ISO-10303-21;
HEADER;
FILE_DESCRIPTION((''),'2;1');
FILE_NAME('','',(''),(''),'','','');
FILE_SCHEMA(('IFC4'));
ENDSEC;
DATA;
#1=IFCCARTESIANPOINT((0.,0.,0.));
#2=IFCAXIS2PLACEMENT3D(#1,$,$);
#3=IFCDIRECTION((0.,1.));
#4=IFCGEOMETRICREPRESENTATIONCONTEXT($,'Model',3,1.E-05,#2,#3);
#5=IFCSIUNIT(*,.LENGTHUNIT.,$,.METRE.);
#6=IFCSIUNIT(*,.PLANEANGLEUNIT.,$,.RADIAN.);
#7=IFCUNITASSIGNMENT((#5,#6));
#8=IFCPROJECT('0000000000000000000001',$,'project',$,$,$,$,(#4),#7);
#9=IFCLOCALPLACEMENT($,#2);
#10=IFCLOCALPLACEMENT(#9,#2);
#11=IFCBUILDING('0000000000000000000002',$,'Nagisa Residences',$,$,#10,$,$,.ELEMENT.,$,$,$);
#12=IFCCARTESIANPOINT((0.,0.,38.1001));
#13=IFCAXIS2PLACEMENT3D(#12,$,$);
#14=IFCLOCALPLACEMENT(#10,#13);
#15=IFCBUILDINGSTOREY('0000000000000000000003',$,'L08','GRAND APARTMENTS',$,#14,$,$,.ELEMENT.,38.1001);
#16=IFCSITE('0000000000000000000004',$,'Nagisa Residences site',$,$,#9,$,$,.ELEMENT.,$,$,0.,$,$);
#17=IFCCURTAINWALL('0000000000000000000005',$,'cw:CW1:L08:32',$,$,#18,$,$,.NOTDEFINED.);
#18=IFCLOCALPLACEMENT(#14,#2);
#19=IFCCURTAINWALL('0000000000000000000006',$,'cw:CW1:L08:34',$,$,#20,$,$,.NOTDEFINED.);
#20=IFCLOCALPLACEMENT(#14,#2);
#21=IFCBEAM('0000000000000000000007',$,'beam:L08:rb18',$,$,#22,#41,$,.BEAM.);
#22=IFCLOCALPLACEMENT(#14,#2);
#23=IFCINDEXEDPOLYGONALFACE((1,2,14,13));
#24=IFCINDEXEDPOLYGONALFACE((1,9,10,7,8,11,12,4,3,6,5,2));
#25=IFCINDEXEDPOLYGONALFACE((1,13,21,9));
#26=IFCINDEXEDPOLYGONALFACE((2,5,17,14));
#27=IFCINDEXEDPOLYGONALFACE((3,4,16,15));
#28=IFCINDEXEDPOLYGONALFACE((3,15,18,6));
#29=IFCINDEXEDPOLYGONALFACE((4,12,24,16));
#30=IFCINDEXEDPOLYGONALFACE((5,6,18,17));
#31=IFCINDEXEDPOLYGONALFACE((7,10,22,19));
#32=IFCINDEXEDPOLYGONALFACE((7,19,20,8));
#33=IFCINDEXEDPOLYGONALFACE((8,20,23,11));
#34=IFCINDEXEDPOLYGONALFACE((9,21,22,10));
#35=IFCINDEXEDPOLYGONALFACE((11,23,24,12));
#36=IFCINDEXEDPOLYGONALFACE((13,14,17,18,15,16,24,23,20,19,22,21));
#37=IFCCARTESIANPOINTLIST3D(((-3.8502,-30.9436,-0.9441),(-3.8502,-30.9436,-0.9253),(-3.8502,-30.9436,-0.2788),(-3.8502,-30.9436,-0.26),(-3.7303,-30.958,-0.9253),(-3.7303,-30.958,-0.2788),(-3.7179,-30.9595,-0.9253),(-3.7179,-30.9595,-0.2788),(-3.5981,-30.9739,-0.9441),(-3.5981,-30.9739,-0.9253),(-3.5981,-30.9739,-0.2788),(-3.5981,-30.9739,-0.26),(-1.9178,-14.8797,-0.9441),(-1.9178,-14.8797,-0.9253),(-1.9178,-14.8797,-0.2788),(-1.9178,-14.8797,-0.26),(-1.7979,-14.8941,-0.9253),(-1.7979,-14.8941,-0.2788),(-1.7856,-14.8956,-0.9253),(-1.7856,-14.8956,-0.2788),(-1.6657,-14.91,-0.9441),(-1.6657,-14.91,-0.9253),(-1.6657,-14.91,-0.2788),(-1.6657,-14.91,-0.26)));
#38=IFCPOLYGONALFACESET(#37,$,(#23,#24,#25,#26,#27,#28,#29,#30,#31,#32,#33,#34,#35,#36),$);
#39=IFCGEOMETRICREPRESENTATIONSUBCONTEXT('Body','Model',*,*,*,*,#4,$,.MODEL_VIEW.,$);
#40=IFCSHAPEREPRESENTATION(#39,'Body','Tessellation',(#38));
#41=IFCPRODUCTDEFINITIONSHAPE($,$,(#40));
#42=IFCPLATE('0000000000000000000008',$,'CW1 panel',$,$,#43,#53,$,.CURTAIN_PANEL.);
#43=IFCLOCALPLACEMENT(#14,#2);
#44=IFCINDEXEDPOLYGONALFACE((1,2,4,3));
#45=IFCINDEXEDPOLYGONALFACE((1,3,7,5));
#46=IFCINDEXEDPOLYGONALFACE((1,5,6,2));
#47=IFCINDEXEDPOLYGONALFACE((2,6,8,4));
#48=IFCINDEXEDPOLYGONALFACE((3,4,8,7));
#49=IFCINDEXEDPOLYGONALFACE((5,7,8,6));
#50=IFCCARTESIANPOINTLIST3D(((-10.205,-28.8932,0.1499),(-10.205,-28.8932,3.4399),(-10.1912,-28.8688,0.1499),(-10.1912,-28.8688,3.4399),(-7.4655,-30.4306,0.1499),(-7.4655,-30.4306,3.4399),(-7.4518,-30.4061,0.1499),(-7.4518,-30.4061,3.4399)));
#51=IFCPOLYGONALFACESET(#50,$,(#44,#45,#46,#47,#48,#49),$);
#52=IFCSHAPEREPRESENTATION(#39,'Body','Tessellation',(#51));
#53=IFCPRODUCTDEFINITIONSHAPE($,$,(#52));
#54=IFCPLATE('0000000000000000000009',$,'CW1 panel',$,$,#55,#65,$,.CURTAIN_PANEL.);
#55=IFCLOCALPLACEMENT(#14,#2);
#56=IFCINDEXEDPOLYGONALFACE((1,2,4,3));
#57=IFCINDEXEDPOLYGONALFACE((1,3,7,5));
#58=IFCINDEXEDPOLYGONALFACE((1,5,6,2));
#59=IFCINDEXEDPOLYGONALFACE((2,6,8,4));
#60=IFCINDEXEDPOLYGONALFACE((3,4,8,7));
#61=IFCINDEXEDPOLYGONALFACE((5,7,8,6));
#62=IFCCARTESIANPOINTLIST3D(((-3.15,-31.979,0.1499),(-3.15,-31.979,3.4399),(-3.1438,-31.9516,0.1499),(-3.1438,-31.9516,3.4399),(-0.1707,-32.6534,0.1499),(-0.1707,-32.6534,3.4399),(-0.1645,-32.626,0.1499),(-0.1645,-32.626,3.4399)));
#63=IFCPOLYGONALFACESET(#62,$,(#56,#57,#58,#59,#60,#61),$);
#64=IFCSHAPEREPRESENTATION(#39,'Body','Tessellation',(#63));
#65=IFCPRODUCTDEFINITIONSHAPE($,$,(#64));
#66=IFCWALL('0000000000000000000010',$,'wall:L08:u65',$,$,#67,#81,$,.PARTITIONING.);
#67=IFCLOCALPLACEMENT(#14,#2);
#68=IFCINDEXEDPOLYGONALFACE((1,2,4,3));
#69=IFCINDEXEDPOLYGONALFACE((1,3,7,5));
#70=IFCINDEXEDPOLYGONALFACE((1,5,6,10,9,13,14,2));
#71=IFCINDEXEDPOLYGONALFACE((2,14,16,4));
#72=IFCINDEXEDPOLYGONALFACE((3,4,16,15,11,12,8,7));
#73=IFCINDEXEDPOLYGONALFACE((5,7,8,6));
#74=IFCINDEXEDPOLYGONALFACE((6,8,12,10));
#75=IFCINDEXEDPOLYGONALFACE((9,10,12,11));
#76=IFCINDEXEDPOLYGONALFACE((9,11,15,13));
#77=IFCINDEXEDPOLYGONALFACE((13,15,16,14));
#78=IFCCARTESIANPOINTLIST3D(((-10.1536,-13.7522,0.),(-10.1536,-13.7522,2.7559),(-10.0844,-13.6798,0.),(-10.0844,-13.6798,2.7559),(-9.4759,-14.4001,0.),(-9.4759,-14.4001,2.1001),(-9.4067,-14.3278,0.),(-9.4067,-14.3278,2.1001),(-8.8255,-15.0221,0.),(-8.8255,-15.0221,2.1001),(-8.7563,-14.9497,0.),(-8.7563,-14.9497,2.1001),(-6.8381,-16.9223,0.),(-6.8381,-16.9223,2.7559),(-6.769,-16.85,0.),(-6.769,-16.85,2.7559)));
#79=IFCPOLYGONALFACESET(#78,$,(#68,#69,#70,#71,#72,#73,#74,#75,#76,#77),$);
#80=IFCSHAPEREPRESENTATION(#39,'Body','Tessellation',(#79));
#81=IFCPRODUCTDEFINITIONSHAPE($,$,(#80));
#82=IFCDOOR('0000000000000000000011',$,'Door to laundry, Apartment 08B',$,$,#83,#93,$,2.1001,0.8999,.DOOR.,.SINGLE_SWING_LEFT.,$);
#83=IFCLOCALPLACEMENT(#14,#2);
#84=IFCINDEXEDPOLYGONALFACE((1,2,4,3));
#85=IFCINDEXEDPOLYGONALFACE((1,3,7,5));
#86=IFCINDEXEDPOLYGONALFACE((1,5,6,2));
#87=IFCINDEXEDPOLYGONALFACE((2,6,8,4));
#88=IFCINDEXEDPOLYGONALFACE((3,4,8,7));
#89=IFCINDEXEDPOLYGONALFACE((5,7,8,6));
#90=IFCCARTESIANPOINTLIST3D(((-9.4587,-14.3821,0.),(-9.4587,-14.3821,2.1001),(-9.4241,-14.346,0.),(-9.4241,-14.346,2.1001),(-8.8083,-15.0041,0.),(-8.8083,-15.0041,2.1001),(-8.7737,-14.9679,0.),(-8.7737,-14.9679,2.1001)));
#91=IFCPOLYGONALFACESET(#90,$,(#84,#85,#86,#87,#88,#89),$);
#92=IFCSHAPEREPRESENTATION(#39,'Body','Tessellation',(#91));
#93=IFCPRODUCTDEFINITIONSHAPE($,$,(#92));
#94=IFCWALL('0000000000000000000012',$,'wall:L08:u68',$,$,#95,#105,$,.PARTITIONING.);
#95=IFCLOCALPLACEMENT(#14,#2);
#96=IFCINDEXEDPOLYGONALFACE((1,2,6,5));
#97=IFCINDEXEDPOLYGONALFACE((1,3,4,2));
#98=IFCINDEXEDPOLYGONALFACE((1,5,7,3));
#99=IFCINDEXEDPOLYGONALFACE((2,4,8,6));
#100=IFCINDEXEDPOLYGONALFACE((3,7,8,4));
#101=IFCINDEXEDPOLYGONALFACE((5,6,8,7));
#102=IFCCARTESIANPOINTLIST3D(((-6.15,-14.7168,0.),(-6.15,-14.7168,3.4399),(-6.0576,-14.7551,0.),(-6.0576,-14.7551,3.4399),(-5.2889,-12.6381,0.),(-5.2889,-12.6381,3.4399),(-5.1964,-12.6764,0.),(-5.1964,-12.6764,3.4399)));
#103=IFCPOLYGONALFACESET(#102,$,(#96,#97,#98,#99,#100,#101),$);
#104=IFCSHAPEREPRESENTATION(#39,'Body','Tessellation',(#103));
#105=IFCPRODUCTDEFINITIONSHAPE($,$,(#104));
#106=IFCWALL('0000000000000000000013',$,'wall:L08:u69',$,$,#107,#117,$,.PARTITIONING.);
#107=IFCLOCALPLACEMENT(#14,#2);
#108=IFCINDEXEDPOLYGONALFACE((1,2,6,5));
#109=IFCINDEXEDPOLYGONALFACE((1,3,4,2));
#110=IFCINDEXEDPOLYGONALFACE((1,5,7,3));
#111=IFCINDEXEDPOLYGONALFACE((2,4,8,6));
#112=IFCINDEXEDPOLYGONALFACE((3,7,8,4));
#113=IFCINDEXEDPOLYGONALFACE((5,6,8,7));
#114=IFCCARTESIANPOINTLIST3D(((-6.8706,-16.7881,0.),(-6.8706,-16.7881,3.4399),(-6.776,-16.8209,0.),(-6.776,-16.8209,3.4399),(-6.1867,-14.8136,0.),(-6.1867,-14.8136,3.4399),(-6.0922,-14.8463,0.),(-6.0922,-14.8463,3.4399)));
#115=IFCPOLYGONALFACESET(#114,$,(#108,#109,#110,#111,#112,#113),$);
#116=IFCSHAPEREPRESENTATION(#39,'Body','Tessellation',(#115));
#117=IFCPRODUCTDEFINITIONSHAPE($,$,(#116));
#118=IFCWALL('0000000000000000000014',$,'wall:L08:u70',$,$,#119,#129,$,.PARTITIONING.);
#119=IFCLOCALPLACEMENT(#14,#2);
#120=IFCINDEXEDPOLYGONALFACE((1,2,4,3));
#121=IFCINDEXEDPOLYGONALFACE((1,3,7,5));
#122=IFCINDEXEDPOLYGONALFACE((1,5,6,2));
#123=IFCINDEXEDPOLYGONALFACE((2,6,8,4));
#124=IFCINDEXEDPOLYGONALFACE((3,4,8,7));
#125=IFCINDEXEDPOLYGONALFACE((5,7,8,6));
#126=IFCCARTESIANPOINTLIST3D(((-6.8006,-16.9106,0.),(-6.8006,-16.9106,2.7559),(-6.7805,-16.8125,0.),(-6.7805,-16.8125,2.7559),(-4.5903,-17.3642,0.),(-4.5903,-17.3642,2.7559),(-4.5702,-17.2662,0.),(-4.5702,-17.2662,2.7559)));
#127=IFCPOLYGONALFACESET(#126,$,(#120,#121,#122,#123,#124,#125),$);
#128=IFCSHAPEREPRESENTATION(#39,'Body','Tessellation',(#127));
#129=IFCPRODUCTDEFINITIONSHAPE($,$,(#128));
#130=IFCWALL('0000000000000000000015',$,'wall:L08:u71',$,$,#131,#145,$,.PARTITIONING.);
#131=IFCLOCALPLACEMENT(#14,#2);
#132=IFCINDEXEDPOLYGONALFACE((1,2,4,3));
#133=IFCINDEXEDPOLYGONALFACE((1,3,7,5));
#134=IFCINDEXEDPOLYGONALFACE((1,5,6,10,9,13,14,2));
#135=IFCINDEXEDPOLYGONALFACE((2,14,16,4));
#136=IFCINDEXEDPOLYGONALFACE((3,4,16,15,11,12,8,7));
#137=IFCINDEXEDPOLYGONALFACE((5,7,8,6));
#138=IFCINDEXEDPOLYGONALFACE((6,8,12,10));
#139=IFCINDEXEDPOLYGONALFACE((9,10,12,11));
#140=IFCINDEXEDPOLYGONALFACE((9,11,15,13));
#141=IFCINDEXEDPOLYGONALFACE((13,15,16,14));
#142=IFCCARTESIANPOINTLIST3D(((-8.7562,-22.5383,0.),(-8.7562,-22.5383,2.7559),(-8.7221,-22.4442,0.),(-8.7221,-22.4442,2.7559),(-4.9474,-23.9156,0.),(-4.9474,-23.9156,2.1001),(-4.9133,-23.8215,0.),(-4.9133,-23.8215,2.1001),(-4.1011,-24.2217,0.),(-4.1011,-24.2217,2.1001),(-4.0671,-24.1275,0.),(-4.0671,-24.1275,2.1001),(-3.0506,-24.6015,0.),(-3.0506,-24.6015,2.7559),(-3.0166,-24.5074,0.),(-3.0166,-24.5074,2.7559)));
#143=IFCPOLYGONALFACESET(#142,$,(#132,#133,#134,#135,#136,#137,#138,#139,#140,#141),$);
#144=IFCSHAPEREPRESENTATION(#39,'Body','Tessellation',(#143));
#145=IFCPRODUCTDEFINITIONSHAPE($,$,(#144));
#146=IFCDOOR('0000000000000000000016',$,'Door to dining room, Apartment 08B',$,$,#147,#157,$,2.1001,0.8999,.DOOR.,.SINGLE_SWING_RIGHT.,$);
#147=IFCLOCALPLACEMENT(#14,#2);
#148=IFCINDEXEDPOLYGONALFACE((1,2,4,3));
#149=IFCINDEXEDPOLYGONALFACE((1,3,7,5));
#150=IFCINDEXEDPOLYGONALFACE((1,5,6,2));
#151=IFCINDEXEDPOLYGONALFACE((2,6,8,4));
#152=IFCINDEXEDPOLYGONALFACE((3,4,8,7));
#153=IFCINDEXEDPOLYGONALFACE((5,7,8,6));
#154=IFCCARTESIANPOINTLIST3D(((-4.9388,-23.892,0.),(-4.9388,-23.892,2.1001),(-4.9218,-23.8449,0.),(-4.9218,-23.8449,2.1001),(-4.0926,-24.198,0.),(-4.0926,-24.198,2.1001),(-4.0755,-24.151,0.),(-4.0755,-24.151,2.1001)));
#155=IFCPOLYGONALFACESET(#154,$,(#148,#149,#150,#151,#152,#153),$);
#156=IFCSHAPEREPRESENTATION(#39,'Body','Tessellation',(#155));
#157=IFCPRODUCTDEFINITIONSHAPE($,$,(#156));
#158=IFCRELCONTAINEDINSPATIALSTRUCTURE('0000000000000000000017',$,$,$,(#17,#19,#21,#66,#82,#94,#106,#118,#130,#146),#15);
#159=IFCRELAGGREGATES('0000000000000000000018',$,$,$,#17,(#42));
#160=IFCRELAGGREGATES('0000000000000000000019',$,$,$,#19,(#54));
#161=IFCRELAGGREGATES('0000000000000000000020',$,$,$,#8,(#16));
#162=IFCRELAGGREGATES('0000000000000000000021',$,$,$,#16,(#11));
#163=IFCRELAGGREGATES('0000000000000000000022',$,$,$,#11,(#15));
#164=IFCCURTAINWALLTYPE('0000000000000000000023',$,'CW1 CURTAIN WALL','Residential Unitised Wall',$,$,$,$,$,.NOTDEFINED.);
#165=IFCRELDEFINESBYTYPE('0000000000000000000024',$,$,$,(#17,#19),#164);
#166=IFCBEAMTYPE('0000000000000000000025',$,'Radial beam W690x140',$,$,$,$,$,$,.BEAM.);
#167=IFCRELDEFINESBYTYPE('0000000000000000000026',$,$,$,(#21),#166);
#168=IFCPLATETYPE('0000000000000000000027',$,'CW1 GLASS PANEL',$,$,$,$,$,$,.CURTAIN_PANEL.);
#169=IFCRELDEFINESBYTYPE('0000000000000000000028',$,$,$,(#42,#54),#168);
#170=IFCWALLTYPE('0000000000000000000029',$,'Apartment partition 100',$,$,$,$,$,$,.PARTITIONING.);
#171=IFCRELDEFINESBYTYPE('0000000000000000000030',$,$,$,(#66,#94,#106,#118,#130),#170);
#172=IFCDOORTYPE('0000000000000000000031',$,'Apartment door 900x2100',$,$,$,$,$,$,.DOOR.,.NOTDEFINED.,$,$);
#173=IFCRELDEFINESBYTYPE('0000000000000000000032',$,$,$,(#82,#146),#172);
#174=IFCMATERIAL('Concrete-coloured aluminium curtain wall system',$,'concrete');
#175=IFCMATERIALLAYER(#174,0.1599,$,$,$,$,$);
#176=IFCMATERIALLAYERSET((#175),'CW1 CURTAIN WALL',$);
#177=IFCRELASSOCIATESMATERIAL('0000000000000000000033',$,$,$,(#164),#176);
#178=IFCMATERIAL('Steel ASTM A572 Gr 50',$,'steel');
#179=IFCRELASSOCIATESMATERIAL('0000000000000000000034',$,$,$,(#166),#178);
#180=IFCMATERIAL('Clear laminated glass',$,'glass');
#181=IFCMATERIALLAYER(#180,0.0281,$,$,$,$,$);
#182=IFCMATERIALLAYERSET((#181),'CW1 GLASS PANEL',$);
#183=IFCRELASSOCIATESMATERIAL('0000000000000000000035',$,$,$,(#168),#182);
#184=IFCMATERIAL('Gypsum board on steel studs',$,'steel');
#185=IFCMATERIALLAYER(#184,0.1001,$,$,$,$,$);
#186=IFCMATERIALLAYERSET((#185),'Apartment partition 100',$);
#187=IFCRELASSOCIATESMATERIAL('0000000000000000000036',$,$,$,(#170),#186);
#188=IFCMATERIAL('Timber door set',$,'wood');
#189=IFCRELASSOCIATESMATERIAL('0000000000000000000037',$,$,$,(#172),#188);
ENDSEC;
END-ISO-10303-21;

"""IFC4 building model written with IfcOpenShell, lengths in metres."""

from ifc_helpers import new_model, si_unit, direction, frame, frame_2d, origin, origin_2d, place, context, subcontext, project, spatial, rectangle, i_section, extrude, material, layer, layer_set, material_profile, profile_set, type_object, element, fill, aggregate, save


model = new_model("IFC4")

# Units and contexts
model_context = context("Model", 3, precision=1e-05, world=origin(), true_north=direction((0.0, 1.0)))
body_context = subcontext(model_context, "Body", "Model", "MODEL_VIEW")
ifc_project = project(units=[si_unit("LENGTHUNIT", "METRE"), si_unit("PLANEANGLEUNIT", "RADIAN")], contexts=[model_context])

# Site, building, storey
site_placement = place(None, origin())
site = spatial("IfcSite", under=ifc_project, at=site_placement, Name="Nagisa Residences site", CompositionType="ELEMENT", RefElevation=0.0)
building_placement = place(site_placement, origin())
building = spatial("IfcBuilding", under=site, at=building_placement, Name="Nagisa Residences", CompositionType="ELEMENT")
storey_placement = place(building_placement, frame((0.0, 0.0, 38.1001)))
storey = spatial("IfcBuildingStorey", under=building, at=storey_placement, Name="L08", Description="GRAND APARTMENTS", CompositionType="ELEMENT", Elevation=38.1001)

# Curtain walls
ifc_material_1 = material(Name="Concrete-coloured aluminium curtain wall system", Category="concrete")
ifc_layer_1 = layer(ifc_material_1, 0.1599)
ifc_layer_set_1 = layer_set([ifc_layer_1], Name="CW1 CURTAIN WALL")
curtain_wall_type = type_object("IfcCurtainWallType", Name="CW1 CURTAIN WALL", Description="Residential Unitised Wall", PredefinedType="NOTDEFINED", material=ifc_layer_set_1)
curtain_wall_1_placement = place(storey_placement, origin())
curtain_wall_1 = element("IfcCurtainWall", 1, at=curtain_wall_1_placement, inside=storey, type_object=curtain_wall_type, Name="cw:CW1:L08:32", PredefinedType="NOTDEFINED")
curtain_wall_2_placement = place(storey_placement, origin())
curtain_wall_2 = element("IfcCurtainWall", 2, at=curtain_wall_2_placement, inside=storey, type_object=curtain_wall_type, Name="cw:CW1:L08:34", PredefinedType="NOTDEFINED")

# Beam
ifc_material_2 = material(Name="Steel ASTM A572 Gr 50", Category="steel")
ifc_material_profile_1 = material_profile(ifc_material_2, i_section(OverallWidth=0.2539, OverallDepth=0.6841, WebThickness=0.0125, FlangeThickness=0.0188, at=origin_2d()), Name="W690x140")
ifc_profile_set_1 = profile_set([ifc_material_profile_1], Name="Steel ASTM A572 Gr 50")
beam_type_1 = type_object("IfcBeamType", Name="Radial beam W690x140", PredefinedType="BEAM", material=ifc_profile_set_1)
beam_1_placement = place(storey_placement, frame((-3.7241, -30.9587, -0.6021), z_axis=(0.119431, 0.992842, 0.0), x_axis=(-0.992842, 0.119431, 0.0)))
element("IfcBeam", 3, at=beam_1_placement, inside=storey, type_object=beam_type_1, Name="beam:L08:rb18", PredefinedType="BEAM", context=body_context, shape_type="SweptSolid", body=[
    extrude(i_section(OverallWidth=0.2539, OverallDepth=0.6841, WebThickness=0.0125, FlangeThickness=0.0188, at=origin_2d()), origin(), (0.0, 0.0, 1.0), 16.1797),
])

# Plates
ifc_material_3 = material(Name="Clear laminated glass", Category="glass")
ifc_layer_2 = layer(ifc_material_3, 0.0281)
ifc_layer_set_2 = layer_set([ifc_layer_2], Name="CW1 GLASS PANEL")
plate_type = type_object("IfcPlateType", Name="CW1 GLASS PANEL", PredefinedType="CURTAIN_PANEL", material=ifc_layer_set_2)
plate_1_placement = place(storey_placement, frame((-8.8284, -29.6497, 0.1499), z_axis=(0.0, 0.0, 1.0), x_axis=(0.872072, -0.489377, 0.0)))
plate_1 = element("IfcPlate", 4, at=plate_1_placement, type_object=plate_type, Name="CW1 panel", PredefinedType="CURTAIN_PANEL", context=body_context, shape_type="SweptSolid", body=[
    extrude(rectangle(XDim=3.1414, YDim=0.0281, at=origin_2d()), origin(), (0.0, 0.0, 1.0), 3.29),
])
aggregate(curtain_wall_1, [plate_1])
plate_2_placement = place(storey_placement, frame((-1.6572, -32.3025, 0.1499), z_axis=(0.0, 0.0, 1.0), x_axis=(0.975327, -0.220764, 0.0)))
plate_2 = element("IfcPlate", 5, at=plate_2_placement, type_object=plate_type, Name="CW1 panel", PredefinedType="CURTAIN_PANEL", context=body_context, shape_type="SweptSolid", body=[
    extrude(rectangle(XDim=3.0547, YDim=0.0281, at=origin_2d()), origin(), (0.0, 0.0, 1.0), 3.29),
])
aggregate(curtain_wall_2, [plate_2])

# Wall, opening, door
ifc_material_4 = material(Name="Gypsum board on steel studs", Category="steel")
ifc_layer_3 = layer(ifc_material_4, 0.1001)
ifc_layer_set_3 = layer_set([ifc_layer_3], Name="Apartment partition 100")
wall_type_1 = type_object("IfcWallType", Name="Apartment partition 100", PredefinedType="PARTITIONING", material=ifc_layer_set_3)
wall_1_placement = place(storey_placement, frame((-10.1189, -13.7161, 0.0), z_axis=(0.0, 0.0, 1.0), x_axis=(0.722763, -0.691096, 0.0)))
wall_1 = element("IfcWall", 6, at=wall_1_placement, inside=storey, type_object=wall_type_1, Name="wall:L08:u65", PredefinedType="PARTITIONING", context=body_context, shape_type="SweptSolid", body=[
    extrude(rectangle(XDim=4.5872, YDim=0.1001, at=frame_2d((2.2935, 0.0))), origin(), (0.0, 0.0, 1.0), 2.7559),
])
opening_1_placement = place(wall_1_placement, frame((0.9375, 0.0, 0.0)))
opening_1 = element("IfcOpeningElement", 7, at=opening_1_placement, cuts=wall_1, PredefinedType="OPENING", context=body_context, shape_type="SweptSolid", body=[
    extrude(rectangle(XDim=0.8999, YDim=2.1001, at=frame_2d((0.45, 1.05))), frame((0.0, 0.0601, 0.0), z_axis=(0.0, -1.0, 0.0), x_axis=(1.0, 0.0, 0.0)), (0.0, 0.0, 1.0), 0.1201),
])
ifc_material_5 = material(Name="Timber door set", Category="wood")
door_type_1 = type_object("IfcDoorType", Name="Apartment door 900x2100", OperationType="NOTDEFINED", PredefinedType="DOOR", material=ifc_material_5)
door_1_placement = place(opening_1_placement, origin())
door_1 = element("IfcDoor", 8, at=door_1_placement, inside=storey, type_object=door_type_1, Name="Door to laundry, Apartment 08B", OperationType="SINGLE_SWING_LEFT", OverallHeight=2.1001, OverallWidth=0.8999, PredefinedType="DOOR", context=body_context, shape_type="SweptSolid", body=[
    extrude(rectangle(XDim=0.8999, YDim=2.1001, at=frame_2d((0.45, 1.05))), frame((0.0, 0.0249, 0.0), z_axis=(0.0, -1.0, 0.0), x_axis=(1.0, 0.0, 0.0)), (0.0, 0.0, 1.0), 0.05),
])
fill(opening_1, door_1)

# Walls
wall_2_placement = place(storey_placement, frame((-5.2427, -12.6572, 0.0), z_axis=(0.0, 0.0, 1.0), x_axis=(-0.382719, -0.923865, 0.0)))
element("IfcWall", 9, at=wall_2_placement, inside=storey, type_object=wall_type_1, Name="wall:L08:u68", PredefinedType="PARTITIONING", context=body_context, shape_type="SweptSolid", body=[
    extrude(rectangle(XDim=2.25, YDim=0.1001, at=frame_2d((1.125, 0.0))), origin(), (0.0, 0.0, 1.0), 3.4399),
])
wall_3_placement = place(storey_placement, frame((-6.1394, -14.8298, 0.0), z_axis=(0.0, 0.0, 1.0), x_axis=(-0.327247, -0.944939, 0.0)))
element("IfcWall", 10, at=wall_3_placement, inside=storey, type_object=wall_type_1, Name="wall:L08:u69", PredefinedType="PARTITIONING", context=body_context, shape_type="SweptSolid", body=[
    extrude(rectangle(XDim=2.0896, YDim=0.1001, at=frame_2d((1.0449, 0.0))), origin(), (0.0, 0.0, 1.0), 3.4399),
])
wall_4_placement = place(storey_placement, frame((-6.7905, -16.8616, 0.0), z_axis=(0.0, 0.0, 1.0), x_axis=(0.979582, -0.201045, 0.0)))
element("IfcWall", 11, at=wall_4_placement, inside=storey, type_object=wall_type_1, Name="wall:L08:u70", PredefinedType="PARTITIONING", context=body_context, shape_type="SweptSolid", body=[
    extrude(rectangle(XDim=2.2563, YDim=0.1001, at=frame_2d((1.1282, 0.0))), origin(), (0.0, 0.0, 1.0), 2.7559),
])

# Wall, opening, door
wall_5_placement = place(storey_placement, frame((-8.7393, -22.4912, 0.0), z_axis=(0.0, 0.0, 1.0), x_axis=(0.940402, -0.340066, 0.0)))
wall_5 = element("IfcWall", 12, at=wall_5_placement, inside=storey, type_object=wall_type_1, Name="wall:L08:u71", PredefinedType="PARTITIONING", context=body_context, shape_type="SweptSolid", body=[
    extrude(rectangle(XDim=6.0671, YDim=0.1001, at=frame_2d((3.0337, 0.0))), origin(), (0.0, 0.0, 1.0), 2.7559),
])
opening_2_placement = place(wall_5_placement, frame((4.0503, 0.0, 0.0)))
opening_2 = element("IfcOpeningElement", 13, at=opening_2_placement, cuts=wall_5, PredefinedType="OPENING", context=body_context, shape_type="SweptSolid", body=[
    extrude(rectangle(XDim=0.8999, YDim=2.1001, at=frame_2d((0.45, 1.05))), frame((0.0, 0.0601, 0.0), z_axis=(0.0, -1.0, 0.0), x_axis=(1.0, 0.0, 0.0)), (0.0, 0.0, 1.0), 0.1201),
])
door_2_placement = place(opening_2_placement, frame((0.8999, 0.0, 0.0), x_axis=(-1.0, 0.0, 0.0)))
door_2 = element("IfcDoor", 14, at=door_2_placement, inside=storey, type_object=door_type_1, Name="Door to dining room, Apartment 08B", OperationType="SINGLE_SWING_RIGHT", OverallHeight=2.1001, OverallWidth=0.8999, PredefinedType="DOOR", context=body_context, shape_type="SweptSolid", body=[
    extrude(rectangle(XDim=0.8999, YDim=2.1001, at=frame_2d((0.45, 1.05))), frame((0.0, 0.0249, 0.0), z_axis=(0.0, -1.0, 0.0), x_axis=(1.0, 0.0, 0.0)), (0.0, 0.0, 1.0), 0.05),
])
fill(opening_2, door_2)

save(model, "model.ifc")
